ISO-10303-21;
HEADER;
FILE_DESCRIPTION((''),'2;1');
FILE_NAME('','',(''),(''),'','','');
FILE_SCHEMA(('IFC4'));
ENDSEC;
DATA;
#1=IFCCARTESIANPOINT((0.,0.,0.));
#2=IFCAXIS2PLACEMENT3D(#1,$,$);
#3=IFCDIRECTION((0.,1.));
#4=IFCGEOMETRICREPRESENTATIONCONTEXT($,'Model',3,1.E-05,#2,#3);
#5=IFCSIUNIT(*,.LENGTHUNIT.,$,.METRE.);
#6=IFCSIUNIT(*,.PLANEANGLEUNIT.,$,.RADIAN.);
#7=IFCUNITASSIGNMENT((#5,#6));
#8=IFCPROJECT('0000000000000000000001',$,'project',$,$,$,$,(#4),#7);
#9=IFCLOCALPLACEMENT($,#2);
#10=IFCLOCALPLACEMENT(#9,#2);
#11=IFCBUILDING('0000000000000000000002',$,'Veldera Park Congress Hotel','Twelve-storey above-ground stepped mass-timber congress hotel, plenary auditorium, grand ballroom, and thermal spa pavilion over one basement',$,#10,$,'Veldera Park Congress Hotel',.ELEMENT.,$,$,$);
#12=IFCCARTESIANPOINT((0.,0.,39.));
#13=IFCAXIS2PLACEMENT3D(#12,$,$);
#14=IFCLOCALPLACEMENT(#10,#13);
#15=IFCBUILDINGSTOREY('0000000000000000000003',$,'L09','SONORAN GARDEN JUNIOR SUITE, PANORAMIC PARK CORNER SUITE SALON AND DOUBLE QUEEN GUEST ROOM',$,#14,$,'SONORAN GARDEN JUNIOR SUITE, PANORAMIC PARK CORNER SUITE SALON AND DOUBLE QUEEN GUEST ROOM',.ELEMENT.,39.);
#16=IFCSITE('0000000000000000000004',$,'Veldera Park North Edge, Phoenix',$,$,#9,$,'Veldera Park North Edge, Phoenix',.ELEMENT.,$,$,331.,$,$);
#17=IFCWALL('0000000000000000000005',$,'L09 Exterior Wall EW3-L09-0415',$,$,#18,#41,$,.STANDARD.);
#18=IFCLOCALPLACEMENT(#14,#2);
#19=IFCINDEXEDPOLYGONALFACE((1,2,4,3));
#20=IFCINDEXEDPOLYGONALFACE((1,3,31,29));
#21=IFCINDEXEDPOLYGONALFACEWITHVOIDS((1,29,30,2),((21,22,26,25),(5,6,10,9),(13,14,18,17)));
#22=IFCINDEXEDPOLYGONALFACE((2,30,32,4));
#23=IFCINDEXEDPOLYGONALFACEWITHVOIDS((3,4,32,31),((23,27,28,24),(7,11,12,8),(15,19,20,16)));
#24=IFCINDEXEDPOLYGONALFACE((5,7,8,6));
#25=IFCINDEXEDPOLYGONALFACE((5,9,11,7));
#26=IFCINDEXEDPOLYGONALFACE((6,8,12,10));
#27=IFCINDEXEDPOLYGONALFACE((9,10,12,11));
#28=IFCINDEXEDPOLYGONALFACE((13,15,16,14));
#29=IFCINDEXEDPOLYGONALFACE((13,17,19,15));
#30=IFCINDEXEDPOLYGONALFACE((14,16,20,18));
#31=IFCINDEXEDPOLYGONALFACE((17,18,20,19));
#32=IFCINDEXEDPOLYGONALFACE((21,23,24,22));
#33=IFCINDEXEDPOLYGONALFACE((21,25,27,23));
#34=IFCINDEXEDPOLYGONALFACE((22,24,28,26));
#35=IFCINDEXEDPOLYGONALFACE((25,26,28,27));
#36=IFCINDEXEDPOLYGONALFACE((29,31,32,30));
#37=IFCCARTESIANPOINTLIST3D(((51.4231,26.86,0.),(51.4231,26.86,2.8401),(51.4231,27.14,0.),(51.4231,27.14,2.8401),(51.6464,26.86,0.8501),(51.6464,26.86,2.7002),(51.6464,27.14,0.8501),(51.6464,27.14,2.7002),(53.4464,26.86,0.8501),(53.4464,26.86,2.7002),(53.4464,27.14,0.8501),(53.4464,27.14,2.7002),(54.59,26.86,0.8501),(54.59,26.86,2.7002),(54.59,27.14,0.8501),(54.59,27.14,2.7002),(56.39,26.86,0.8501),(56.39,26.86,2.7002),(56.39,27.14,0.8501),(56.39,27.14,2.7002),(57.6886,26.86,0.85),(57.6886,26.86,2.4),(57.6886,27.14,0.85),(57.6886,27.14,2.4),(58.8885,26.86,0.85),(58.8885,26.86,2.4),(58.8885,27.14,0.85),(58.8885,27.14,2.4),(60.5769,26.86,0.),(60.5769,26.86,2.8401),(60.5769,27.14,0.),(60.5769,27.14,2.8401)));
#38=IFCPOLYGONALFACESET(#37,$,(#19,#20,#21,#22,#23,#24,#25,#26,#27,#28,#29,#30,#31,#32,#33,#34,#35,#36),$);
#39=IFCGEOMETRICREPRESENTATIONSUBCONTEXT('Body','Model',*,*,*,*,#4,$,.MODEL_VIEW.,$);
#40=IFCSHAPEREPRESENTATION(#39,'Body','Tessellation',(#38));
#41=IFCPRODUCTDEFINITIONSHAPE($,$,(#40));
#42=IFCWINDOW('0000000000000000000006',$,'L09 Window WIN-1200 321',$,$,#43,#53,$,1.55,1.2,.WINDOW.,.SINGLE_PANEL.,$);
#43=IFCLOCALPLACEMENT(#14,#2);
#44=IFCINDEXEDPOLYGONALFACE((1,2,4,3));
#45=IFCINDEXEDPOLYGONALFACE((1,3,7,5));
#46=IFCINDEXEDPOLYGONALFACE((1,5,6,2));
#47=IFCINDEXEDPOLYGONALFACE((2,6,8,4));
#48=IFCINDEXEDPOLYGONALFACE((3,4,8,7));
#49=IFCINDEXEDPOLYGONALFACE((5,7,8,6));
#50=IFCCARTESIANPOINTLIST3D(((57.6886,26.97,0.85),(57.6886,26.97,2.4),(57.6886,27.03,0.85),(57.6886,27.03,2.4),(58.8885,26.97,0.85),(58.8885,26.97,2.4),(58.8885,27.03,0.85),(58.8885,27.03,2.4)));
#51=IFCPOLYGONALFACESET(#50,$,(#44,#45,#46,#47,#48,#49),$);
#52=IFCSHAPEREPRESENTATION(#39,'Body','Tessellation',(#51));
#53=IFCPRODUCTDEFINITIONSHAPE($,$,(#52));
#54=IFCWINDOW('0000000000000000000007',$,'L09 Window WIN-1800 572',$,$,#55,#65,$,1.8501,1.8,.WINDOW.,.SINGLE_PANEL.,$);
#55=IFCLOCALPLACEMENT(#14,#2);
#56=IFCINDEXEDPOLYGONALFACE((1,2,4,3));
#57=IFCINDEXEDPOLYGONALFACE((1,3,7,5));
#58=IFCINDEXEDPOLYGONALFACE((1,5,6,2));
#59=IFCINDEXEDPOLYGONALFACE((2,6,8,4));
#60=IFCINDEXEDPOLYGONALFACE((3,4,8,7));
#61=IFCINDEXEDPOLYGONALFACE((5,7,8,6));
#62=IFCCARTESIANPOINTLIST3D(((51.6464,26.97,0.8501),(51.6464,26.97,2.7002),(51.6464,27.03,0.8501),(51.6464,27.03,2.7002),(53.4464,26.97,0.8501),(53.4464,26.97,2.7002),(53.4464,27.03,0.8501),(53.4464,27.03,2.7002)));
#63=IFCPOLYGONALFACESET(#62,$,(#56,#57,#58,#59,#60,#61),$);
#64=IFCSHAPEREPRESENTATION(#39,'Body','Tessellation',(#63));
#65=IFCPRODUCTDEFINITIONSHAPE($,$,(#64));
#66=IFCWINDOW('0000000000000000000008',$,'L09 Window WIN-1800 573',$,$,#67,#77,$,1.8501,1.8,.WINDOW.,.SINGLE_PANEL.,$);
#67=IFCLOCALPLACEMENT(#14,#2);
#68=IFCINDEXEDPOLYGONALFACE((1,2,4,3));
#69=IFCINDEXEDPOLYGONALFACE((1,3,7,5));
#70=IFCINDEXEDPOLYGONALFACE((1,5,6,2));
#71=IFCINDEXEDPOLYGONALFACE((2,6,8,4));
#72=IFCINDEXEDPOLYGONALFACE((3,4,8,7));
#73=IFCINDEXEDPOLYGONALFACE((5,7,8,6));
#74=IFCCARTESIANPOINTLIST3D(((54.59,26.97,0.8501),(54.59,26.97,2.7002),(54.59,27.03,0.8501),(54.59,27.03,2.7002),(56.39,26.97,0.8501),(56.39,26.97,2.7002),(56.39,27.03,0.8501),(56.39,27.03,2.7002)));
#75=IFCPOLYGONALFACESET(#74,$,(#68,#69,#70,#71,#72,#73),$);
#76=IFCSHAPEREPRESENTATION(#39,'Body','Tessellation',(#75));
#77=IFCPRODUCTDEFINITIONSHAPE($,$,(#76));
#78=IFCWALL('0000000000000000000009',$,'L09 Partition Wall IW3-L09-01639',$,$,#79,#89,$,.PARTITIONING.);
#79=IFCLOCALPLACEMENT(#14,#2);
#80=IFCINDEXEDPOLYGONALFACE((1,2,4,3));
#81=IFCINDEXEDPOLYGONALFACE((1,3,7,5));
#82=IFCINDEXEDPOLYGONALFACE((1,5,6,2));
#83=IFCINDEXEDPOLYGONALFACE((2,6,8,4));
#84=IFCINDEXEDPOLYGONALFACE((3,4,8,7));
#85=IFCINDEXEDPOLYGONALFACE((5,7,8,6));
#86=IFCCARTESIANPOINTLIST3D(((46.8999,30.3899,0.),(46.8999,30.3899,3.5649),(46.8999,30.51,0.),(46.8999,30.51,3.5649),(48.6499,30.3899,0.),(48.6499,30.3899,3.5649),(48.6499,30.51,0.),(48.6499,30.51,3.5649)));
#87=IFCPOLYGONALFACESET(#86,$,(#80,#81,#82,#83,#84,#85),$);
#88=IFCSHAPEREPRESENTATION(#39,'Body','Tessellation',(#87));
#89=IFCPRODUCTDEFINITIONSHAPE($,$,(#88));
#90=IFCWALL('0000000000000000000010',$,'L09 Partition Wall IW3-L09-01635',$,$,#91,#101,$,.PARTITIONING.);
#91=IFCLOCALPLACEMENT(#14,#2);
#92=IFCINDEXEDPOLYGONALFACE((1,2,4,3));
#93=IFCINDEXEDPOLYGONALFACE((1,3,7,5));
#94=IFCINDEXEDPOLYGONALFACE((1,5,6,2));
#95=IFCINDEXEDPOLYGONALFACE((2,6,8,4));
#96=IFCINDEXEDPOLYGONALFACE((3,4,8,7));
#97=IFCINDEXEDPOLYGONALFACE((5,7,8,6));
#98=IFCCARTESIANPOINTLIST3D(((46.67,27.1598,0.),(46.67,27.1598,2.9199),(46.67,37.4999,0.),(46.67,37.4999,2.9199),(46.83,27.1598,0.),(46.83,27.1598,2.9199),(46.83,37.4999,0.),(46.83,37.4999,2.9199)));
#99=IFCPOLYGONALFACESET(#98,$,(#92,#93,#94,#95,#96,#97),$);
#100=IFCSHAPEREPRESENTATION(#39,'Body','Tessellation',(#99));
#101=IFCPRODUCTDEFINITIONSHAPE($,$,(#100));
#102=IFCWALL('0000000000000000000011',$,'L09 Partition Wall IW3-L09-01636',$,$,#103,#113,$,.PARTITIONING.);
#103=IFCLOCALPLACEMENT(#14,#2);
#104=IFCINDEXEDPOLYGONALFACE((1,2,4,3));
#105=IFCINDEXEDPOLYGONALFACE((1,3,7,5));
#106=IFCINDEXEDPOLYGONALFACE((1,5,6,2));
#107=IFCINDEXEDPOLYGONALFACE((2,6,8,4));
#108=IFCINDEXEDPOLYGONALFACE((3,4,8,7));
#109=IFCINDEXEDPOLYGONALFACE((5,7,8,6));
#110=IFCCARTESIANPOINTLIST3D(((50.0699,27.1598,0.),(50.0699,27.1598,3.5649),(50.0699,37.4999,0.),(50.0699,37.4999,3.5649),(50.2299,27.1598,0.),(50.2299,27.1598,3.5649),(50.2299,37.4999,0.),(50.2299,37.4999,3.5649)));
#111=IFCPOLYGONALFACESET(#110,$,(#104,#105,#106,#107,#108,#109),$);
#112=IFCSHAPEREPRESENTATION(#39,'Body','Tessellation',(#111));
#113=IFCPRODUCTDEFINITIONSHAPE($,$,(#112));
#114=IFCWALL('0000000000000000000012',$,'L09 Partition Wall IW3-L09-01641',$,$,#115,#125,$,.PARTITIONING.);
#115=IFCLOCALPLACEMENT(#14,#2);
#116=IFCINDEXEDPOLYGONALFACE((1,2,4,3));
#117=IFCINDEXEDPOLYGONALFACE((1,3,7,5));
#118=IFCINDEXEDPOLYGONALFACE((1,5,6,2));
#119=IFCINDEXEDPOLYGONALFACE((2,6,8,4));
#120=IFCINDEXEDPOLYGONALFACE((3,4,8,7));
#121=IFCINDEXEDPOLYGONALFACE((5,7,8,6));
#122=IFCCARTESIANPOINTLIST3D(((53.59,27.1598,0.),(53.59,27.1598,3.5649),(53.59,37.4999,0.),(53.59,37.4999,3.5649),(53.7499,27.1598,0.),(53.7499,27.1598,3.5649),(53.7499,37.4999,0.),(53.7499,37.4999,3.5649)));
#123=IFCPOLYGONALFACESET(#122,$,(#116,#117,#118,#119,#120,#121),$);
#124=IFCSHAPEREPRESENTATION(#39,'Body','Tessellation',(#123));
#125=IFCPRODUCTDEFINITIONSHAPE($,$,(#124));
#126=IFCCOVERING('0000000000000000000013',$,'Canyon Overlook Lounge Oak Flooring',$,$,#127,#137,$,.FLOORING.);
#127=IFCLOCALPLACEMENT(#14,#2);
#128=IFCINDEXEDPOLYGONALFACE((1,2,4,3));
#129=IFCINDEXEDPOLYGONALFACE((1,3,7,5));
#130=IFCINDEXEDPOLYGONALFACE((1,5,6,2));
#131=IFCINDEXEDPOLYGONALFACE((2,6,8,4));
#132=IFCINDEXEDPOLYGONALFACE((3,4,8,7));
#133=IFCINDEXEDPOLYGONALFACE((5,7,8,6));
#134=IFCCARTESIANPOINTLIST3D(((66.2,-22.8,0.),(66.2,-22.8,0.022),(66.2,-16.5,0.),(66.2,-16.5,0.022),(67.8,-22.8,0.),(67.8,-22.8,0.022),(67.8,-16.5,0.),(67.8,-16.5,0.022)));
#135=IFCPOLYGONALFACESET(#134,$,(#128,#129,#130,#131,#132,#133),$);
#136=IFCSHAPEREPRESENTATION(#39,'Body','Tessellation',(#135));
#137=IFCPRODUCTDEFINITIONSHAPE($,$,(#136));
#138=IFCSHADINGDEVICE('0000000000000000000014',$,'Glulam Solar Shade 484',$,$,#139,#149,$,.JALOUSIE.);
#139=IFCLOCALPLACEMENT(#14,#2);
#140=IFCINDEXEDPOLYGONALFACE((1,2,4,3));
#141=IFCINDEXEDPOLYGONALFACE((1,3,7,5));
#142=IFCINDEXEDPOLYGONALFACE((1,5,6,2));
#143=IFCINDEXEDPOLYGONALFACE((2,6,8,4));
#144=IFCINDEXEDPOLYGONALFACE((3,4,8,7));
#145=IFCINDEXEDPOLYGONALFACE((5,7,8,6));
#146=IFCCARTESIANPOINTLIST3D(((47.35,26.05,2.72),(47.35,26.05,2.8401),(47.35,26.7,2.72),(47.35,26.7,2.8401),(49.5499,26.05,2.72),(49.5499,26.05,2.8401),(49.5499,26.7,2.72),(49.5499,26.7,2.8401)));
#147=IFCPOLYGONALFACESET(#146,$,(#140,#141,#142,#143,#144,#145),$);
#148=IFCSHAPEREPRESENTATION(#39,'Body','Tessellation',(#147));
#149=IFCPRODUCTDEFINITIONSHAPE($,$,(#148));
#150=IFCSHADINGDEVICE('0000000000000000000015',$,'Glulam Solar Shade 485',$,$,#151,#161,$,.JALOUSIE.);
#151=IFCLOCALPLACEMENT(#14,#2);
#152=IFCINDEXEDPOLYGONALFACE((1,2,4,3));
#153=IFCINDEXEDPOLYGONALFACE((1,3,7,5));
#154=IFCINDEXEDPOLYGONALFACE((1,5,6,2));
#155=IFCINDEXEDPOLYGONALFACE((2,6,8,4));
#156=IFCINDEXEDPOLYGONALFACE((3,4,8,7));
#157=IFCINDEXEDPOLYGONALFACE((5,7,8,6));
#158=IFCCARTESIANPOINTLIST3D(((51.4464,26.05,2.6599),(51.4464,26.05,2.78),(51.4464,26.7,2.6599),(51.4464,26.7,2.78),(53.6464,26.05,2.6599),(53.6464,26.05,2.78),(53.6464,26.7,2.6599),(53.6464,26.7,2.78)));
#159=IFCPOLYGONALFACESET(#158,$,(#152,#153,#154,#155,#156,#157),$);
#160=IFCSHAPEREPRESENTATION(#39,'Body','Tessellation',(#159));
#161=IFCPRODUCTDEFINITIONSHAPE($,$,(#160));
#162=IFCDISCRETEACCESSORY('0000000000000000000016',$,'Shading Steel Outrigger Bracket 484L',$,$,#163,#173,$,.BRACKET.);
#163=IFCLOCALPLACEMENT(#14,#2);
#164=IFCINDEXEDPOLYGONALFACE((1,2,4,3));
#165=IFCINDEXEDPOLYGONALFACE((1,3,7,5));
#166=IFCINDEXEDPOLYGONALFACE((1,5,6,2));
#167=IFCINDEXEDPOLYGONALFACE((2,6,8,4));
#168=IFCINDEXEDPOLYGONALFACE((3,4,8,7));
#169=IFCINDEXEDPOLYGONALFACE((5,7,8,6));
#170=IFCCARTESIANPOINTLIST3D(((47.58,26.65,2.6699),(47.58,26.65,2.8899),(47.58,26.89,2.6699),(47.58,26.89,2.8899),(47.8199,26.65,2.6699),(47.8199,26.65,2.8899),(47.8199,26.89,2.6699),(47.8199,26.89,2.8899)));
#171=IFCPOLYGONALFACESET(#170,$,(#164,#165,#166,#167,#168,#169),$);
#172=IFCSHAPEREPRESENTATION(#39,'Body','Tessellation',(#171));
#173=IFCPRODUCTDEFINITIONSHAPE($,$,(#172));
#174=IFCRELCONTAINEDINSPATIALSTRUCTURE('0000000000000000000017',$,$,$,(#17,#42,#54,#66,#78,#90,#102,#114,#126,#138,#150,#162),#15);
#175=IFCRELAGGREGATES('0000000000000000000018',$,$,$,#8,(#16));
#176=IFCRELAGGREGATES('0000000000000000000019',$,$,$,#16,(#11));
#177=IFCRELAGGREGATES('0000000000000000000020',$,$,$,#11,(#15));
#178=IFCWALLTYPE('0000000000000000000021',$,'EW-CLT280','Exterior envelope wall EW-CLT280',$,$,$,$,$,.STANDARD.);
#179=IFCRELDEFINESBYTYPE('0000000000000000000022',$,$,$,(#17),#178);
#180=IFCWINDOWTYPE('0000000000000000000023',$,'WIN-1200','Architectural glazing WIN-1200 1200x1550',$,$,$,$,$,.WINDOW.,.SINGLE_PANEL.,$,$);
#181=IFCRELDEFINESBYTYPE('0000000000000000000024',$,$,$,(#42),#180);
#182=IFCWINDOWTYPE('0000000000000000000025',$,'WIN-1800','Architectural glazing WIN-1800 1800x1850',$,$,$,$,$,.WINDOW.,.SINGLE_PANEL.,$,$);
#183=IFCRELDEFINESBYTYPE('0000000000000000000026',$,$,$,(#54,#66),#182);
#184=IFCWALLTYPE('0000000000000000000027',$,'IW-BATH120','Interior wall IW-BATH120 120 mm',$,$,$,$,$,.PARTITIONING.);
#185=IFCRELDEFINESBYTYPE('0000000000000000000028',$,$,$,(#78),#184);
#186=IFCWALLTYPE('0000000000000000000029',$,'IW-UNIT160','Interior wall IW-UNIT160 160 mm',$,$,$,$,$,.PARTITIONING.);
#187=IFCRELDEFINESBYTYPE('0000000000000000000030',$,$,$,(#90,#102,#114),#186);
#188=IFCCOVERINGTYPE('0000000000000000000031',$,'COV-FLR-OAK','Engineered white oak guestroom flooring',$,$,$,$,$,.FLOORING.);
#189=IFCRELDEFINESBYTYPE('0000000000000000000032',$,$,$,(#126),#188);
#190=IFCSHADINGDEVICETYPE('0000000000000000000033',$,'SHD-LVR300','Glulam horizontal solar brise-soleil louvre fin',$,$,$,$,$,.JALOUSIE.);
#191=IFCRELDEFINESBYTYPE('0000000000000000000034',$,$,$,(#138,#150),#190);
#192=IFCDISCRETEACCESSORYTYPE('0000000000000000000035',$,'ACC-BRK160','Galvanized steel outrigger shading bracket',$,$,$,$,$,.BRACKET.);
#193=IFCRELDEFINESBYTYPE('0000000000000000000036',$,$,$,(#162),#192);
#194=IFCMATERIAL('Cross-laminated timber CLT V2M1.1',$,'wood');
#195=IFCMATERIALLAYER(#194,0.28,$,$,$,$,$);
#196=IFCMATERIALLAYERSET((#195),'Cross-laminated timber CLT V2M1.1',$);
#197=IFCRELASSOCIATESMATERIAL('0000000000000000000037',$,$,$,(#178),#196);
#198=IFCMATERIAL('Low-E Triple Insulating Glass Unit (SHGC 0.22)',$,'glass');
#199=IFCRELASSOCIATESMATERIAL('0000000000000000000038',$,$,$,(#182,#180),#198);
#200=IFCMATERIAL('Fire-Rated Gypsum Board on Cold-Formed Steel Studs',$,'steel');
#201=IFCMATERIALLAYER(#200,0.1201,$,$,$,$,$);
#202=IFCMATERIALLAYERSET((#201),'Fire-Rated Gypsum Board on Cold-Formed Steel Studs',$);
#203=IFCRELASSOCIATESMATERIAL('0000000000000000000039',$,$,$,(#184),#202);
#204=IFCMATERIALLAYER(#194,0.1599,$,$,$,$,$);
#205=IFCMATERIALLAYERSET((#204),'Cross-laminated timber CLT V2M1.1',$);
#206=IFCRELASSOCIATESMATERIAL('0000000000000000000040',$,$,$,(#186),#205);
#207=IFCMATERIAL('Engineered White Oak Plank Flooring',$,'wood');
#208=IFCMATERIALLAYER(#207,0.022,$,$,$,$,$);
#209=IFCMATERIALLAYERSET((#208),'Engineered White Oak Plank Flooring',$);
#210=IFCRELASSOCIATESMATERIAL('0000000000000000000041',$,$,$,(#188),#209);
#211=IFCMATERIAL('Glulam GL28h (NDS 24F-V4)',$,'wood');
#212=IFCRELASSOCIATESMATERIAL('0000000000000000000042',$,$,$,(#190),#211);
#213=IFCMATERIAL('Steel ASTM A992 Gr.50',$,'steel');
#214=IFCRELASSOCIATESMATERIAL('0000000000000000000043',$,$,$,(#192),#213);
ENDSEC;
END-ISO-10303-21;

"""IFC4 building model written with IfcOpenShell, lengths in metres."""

from ifc_helpers import new_model, si_unit, direction, frame, frame_2d, origin, origin_2d, place, context, subcontext, project, spatial, polyline, rectangle, outline, extrude, material, layer, layer_set, type_object, element, fill, save


model = new_model("IFC4")

# Units and contexts
model_context = context("Model", 3, precision=1e-05, world=origin(), true_north=direction((0.0, 1.0)))
body_context = subcontext(model_context, "Body", "Model", "MODEL_VIEW")
ifc_project = project(units=[si_unit("LENGTHUNIT", "METRE"), si_unit("PLANEANGLEUNIT", "RADIAN")], contexts=[model_context])

# Site, building, storey
site_placement = place(None, origin())
site = spatial("IfcSite", under=ifc_project, at=site_placement, Name="Veldera Park North Edge, Phoenix", LongName="Veldera Park North Edge, Phoenix", CompositionType="ELEMENT", RefElevation=331.0)
building_placement = place(site_placement, origin())
building = spatial("IfcBuilding", under=site, at=building_placement, Name="Veldera Park Congress Hotel", Description="Twelve-storey above-ground stepped mass-timber congress hotel, plenary auditorium, grand ballroom, and thermal spa pavilion over one basement", LongName="Veldera Park Congress Hotel", CompositionType="ELEMENT")
storey_placement = place(building_placement, frame((0.0, 0.0, 39.0)))
storey = spatial("IfcBuildingStorey", under=building, at=storey_placement, Name="L09", Description="SONORAN GARDEN JUNIOR SUITE, PANORAMIC PARK CORNER SUITE SALON AND DOUBLE QUEEN GUEST ROOM", LongName="SONORAN GARDEN JUNIOR SUITE, PANORAMIC PARK CORNER SUITE SALON AND DOUBLE QUEEN GUEST ROOM", CompositionType="ELEMENT", Elevation=39.0)

# Shared definitions
ifc_material_1 = material(Name="Glulam GL28h (NDS 24F-V4)", Category="wood")

# Shared definitions
ifc_material_2 = material(Name="Cross-laminated timber CLT V2M1.1", Category="wood")

# Shared definitions
ifc_layer_1 = layer(ifc_material_2, 0.28)
ifc_layer_set_1 = layer_set([ifc_layer_1], Name="Cross-laminated timber CLT V2M1.1")
wall_type_1 = type_object("IfcWallType", Name="EW-CLT280", Description="Exterior envelope wall EW-CLT280", PredefinedType="STANDARD", material=ifc_layer_set_1)
ifc_material_3 = material(Name="Low-E Triple Insulating Glass Unit (SHGC 0.22)", Category="glass")
window_type_1 = type_object("IfcWindowType", Name="WIN-1800", Description="Architectural glazing WIN-1800 1800x1850", PartitioningType="SINGLE_PANEL", PredefinedType="WINDOW", material=ifc_material_3)

# Wall, openings, windows
wall_1_placement = place(storey_placement, frame((51.4231, 27.0, 0.0), z_axis=(0.0, 0.0, 1.0), x_axis=(1.0, 0.0, 0.0)))
wall_1 = element("IfcWall", 1, at=wall_1_placement, inside=storey, type_object=wall_type_1, Name="L09 Exterior Wall EW3-L09-0415", PredefinedType="STANDARD", context=body_context, shape_type="SweptSolid", body=[
    extrude(rectangle(XDim=9.1538, YDim=0.28, at=frame_2d((4.5769, 0.0))), origin(), (0.0, 0.0, 1.0), 2.8401),
])
opening_1_placement = place(wall_1_placement, frame((6.2654, 0.0, 0.8501)))
opening_1 = element("IfcOpeningElement", 2, at=opening_1_placement, cuts=wall_1, PredefinedType="OPENING", context=body_context, shape_type="SweptSolid", body=[
    extrude(rectangle(XDim=1.2, YDim=1.55, at=frame_2d((0.6001, 0.7749))), frame((0.0, 0.1521, 0.0), z_axis=(0.0, -1.0, 0.0), x_axis=(1.0, 0.0, 0.0)), (0.0, 0.0, 1.0), 0.304),
])
opening_2_placement = place(wall_1_placement, frame((0.2234, 0.0, 0.8501)))
opening_2 = element("IfcOpeningElement", 3, at=opening_2_placement, cuts=wall_1, PredefinedType="OPENING", context=body_context, shape_type="SweptSolid", body=[
    extrude(rectangle(XDim=1.8, YDim=1.8501, at=frame_2d((0.8999, 0.925))), frame((0.0, 0.1521, 0.0), z_axis=(0.0, -1.0, 0.0), x_axis=(1.0, 0.0, 0.0)), (0.0, 0.0, 1.0), 0.304),
])
opening_3_placement = place(wall_1_placement, frame((3.167, 0.0, 0.8501)))
opening_3 = element("IfcOpeningElement", 4, at=opening_3_placement, cuts=wall_1, PredefinedType="OPENING", context=body_context, shape_type="SweptSolid", body=[
    extrude(rectangle(XDim=1.8, YDim=1.8501, at=frame_2d((0.8999, 0.925))), frame((0.0, 0.1521, 0.0), z_axis=(0.0, -1.0, 0.0), x_axis=(1.0, 0.0, 0.0)), (0.0, 0.0, 1.0), 0.304),
])
window_type_2 = type_object("IfcWindowType", Name="WIN-1200", Description="Architectural glazing WIN-1200 1200x1550", PartitioningType="SINGLE_PANEL", PredefinedType="WINDOW", material=ifc_material_3)
window_1_placement = place(opening_1_placement, origin())
window_1 = element("IfcWindow", 5, at=window_1_placement, inside=storey, type_object=window_type_2, Name="L09 Window WIN-1200 321", OverallHeight=1.55, OverallWidth=1.2, PartitioningType="SINGLE_PANEL", PredefinedType="WINDOW", context=body_context, shape_type="SweptSolid", body=[
    extrude(rectangle(XDim=1.2, YDim=1.55, at=frame_2d((0.6001, 0.7749))), frame((0.0, 0.03, 0.0), z_axis=(0.0, -1.0, 0.0), x_axis=(1.0, 0.0, 0.0)), (0.0, 0.0, 1.0), 0.0601),
])
fill(opening_1, window_1)
window_2_placement = place(opening_2_placement, origin())
window_2 = element("IfcWindow", 6, at=window_2_placement, inside=storey, type_object=window_type_1, Name="L09 Window WIN-1800 572", OverallHeight=1.8501, OverallWidth=1.8, PartitioningType="SINGLE_PANEL", PredefinedType="WINDOW", context=body_context, shape_type="SweptSolid", body=[
    extrude(rectangle(XDim=1.8, YDim=1.8501, at=frame_2d((0.8999, 0.925))), frame((0.0, 0.03, 0.0), z_axis=(0.0, -1.0, 0.0), x_axis=(1.0, 0.0, 0.0)), (0.0, 0.0, 1.0), 0.0601),
])
fill(opening_2, window_2)
window_3_placement = place(opening_3_placement, origin())
window_3 = element("IfcWindow", 7, at=window_3_placement, inside=storey, type_object=window_type_1, Name="L09 Window WIN-1800 573", OverallHeight=1.8501, OverallWidth=1.8, PartitioningType="SINGLE_PANEL", PredefinedType="WINDOW", context=body_context, shape_type="SweptSolid", body=[
    extrude(rectangle(XDim=1.8, YDim=1.8501, at=frame_2d((0.8999, 0.925))), frame((0.0, 0.03, 0.0), z_axis=(0.0, -1.0, 0.0), x_axis=(1.0, 0.0, 0.0)), (0.0, 0.0, 1.0), 0.0601),
])
fill(opening_3, window_3)

# Walls
ifc_material_4 = material(Name="Fire-Rated Gypsum Board on Cold-Formed Steel Studs", Category="steel")
ifc_layer_2 = layer(ifc_material_4, 0.1201)
ifc_layer_set_2 = layer_set([ifc_layer_2], Name="Fire-Rated Gypsum Board on Cold-Formed Steel Studs")
wall_type_2 = type_object("IfcWallType", Name="IW-BATH120", Description="Interior wall IW-BATH120 120 mm", PredefinedType="PARTITIONING", material=ifc_layer_set_2)
wall_2_placement = place(storey_placement, frame((46.8999, 30.45, 0.0), z_axis=(0.0, 0.0, 1.0), x_axis=(1.0, 0.0, 0.0)))
element("IfcWall", 8, at=wall_2_placement, inside=storey, type_object=wall_type_2, Name="L09 Partition Wall IW3-L09-01639", PredefinedType="PARTITIONING", context=body_context, shape_type="SweptSolid", body=[
    extrude(rectangle(XDim=1.75, YDim=0.1201, at=frame_2d((0.875, 0.0))), origin(), (0.0, 0.0, 1.0), 3.5649),
])
ifc_layer_3 = layer(ifc_material_2, 0.1599)
ifc_layer_set_3 = layer_set([ifc_layer_3], Name="Cross-laminated timber CLT V2M1.1")
wall_type_3 = type_object("IfcWallType", Name="IW-UNIT160", Description="Interior wall IW-UNIT160 160 mm", PredefinedType="PARTITIONING", material=ifc_layer_set_3)
wall_3_placement = place(storey_placement, frame((46.75, 27.1599, 0.0), z_axis=(0.0, 0.0, 1.0), x_axis=(0.0, 1.0, 0.0)))
element("IfcWall", 9, at=wall_3_placement, inside=storey, type_object=wall_type_3, Name="L09 Partition Wall IW3-L09-01635", PredefinedType="PARTITIONING", context=body_context, shape_type="SweptSolid", body=[
    extrude(rectangle(XDim=10.3401, YDim=0.1599, at=frame_2d((5.1699, 0.0))), origin(), (0.0, 0.0, 1.0), 2.9199),
])
for number, where, z_axis, x_axis, name in (
    (10, (50.1499, 27.1599, 0.0), (0.0, 0.0, 1.0), (0.0, 1.0, 0.0), "L09 Partition Wall IW3-L09-01636"),
    (11, (53.6699, 27.1599, 0.0), (0.0, 0.0, 1.0), (0.0, 1.0, 0.0), "L09 Partition Wall IW3-L09-01641"),
):
    element("IfcWall", number, at=place(storey_placement, frame(where, z_axis=z_axis, x_axis=x_axis)), inside=storey, type_object=wall_type_3, Name=name, PredefinedType="PARTITIONING", context=body_context, shape_type="SweptSolid", body=[
        extrude(rectangle(XDim=10.3401, YDim=0.1599, at=frame_2d((5.1699, 0.0))), origin(), (0.0, 0.0, 1.0), 3.5649),
    ])

# Covering
ifc_material_5 = material(Name="Engineered White Oak Plank Flooring", Category="wood")
ifc_layer_4 = layer(ifc_material_5, 0.022)
ifc_layer_set_4 = layer_set([ifc_layer_4], Name="Engineered White Oak Plank Flooring")
covering_type = type_object("IfcCoveringType", Name="COV-FLR-OAK", Description="Engineered white oak guestroom flooring", PredefinedType="FLOORING", material=ifc_layer_set_4)
covering_placement = place(storey_placement, origin())
element("IfcCovering", 12, at=covering_placement, inside=storey, type_object=covering_type, Name="Canyon Overlook Lounge Oak Flooring", PredefinedType="FLOORING", context=body_context, shape_type="SweptSolid", body=[
    extrude(outline(polyline([(66.2, -22.8), (67.8, -22.8), (67.8, -16.5), (66.2, -16.5), (66.2, -22.8)])), origin(), (0.0, 0.0, 1.0), 0.022),
])

# Shared definitions
ifc_material_6 = material(Name="Steel ASTM A992 Gr.50", Category="steel")

# Shading devices
shading_device_type = type_object("IfcShadingDeviceType", Name="SHD-LVR300", Description="Glulam horizontal solar brise-soleil louvre fin", PredefinedType="JALOUSIE", material=ifc_material_1)
for number, where, z_axis, x_axis, name in (
    (13, (48.45, 26.375, 2.72), (0.0, 0.0, 1.0), (1.0, 0.0, 0.0), "Glulam Solar Shade 484"),
    (14, (52.5464, 26.375, 2.6599), (0.0, 0.0, 1.0), (1.0, 0.0, 0.0), "Glulam Solar Shade 485"),
):
    element("IfcShadingDevice", number, at=place(storey_placement, frame(where, z_axis=z_axis, x_axis=x_axis)), inside=storey, type_object=shading_device_type, Name=name, PredefinedType="JALOUSIE", context=body_context, shape_type="SweptSolid", body=[
        extrude(rectangle(XDim=2.2, YDim=0.6499, at=origin_2d()), origin(), (0.0, 0.0, 1.0), 0.1201),
    ])

# Discrete accessory
discrete_accessory_type = type_object("IfcDiscreteAccessoryType", Name="ACC-BRK160", Description="Galvanized steel outrigger shading bracket", PredefinedType="BRACKET", material=ifc_material_6)
for number, where, z_axis, x_axis, name in (
    (15, (47.7, 26.77, 2.6699), (0.0, 0.0, 1.0), (1.0, 0.0, 0.0), "Shading Steel Outrigger Bracket 484L"),
):
    element("IfcDiscreteAccessory", number, at=place(storey_placement, frame(where, z_axis=z_axis, x_axis=x_axis)), inside=storey, type_object=discrete_accessory_type, Name=name, PredefinedType="BRACKET", context=body_context, shape_type="SweptSolid", body=[
        extrude(rectangle(XDim=0.24, YDim=0.24, at=origin_2d()), origin(), (0.0, 0.0, 1.0), 0.22),
    ])

save(model, "model.ifc")
